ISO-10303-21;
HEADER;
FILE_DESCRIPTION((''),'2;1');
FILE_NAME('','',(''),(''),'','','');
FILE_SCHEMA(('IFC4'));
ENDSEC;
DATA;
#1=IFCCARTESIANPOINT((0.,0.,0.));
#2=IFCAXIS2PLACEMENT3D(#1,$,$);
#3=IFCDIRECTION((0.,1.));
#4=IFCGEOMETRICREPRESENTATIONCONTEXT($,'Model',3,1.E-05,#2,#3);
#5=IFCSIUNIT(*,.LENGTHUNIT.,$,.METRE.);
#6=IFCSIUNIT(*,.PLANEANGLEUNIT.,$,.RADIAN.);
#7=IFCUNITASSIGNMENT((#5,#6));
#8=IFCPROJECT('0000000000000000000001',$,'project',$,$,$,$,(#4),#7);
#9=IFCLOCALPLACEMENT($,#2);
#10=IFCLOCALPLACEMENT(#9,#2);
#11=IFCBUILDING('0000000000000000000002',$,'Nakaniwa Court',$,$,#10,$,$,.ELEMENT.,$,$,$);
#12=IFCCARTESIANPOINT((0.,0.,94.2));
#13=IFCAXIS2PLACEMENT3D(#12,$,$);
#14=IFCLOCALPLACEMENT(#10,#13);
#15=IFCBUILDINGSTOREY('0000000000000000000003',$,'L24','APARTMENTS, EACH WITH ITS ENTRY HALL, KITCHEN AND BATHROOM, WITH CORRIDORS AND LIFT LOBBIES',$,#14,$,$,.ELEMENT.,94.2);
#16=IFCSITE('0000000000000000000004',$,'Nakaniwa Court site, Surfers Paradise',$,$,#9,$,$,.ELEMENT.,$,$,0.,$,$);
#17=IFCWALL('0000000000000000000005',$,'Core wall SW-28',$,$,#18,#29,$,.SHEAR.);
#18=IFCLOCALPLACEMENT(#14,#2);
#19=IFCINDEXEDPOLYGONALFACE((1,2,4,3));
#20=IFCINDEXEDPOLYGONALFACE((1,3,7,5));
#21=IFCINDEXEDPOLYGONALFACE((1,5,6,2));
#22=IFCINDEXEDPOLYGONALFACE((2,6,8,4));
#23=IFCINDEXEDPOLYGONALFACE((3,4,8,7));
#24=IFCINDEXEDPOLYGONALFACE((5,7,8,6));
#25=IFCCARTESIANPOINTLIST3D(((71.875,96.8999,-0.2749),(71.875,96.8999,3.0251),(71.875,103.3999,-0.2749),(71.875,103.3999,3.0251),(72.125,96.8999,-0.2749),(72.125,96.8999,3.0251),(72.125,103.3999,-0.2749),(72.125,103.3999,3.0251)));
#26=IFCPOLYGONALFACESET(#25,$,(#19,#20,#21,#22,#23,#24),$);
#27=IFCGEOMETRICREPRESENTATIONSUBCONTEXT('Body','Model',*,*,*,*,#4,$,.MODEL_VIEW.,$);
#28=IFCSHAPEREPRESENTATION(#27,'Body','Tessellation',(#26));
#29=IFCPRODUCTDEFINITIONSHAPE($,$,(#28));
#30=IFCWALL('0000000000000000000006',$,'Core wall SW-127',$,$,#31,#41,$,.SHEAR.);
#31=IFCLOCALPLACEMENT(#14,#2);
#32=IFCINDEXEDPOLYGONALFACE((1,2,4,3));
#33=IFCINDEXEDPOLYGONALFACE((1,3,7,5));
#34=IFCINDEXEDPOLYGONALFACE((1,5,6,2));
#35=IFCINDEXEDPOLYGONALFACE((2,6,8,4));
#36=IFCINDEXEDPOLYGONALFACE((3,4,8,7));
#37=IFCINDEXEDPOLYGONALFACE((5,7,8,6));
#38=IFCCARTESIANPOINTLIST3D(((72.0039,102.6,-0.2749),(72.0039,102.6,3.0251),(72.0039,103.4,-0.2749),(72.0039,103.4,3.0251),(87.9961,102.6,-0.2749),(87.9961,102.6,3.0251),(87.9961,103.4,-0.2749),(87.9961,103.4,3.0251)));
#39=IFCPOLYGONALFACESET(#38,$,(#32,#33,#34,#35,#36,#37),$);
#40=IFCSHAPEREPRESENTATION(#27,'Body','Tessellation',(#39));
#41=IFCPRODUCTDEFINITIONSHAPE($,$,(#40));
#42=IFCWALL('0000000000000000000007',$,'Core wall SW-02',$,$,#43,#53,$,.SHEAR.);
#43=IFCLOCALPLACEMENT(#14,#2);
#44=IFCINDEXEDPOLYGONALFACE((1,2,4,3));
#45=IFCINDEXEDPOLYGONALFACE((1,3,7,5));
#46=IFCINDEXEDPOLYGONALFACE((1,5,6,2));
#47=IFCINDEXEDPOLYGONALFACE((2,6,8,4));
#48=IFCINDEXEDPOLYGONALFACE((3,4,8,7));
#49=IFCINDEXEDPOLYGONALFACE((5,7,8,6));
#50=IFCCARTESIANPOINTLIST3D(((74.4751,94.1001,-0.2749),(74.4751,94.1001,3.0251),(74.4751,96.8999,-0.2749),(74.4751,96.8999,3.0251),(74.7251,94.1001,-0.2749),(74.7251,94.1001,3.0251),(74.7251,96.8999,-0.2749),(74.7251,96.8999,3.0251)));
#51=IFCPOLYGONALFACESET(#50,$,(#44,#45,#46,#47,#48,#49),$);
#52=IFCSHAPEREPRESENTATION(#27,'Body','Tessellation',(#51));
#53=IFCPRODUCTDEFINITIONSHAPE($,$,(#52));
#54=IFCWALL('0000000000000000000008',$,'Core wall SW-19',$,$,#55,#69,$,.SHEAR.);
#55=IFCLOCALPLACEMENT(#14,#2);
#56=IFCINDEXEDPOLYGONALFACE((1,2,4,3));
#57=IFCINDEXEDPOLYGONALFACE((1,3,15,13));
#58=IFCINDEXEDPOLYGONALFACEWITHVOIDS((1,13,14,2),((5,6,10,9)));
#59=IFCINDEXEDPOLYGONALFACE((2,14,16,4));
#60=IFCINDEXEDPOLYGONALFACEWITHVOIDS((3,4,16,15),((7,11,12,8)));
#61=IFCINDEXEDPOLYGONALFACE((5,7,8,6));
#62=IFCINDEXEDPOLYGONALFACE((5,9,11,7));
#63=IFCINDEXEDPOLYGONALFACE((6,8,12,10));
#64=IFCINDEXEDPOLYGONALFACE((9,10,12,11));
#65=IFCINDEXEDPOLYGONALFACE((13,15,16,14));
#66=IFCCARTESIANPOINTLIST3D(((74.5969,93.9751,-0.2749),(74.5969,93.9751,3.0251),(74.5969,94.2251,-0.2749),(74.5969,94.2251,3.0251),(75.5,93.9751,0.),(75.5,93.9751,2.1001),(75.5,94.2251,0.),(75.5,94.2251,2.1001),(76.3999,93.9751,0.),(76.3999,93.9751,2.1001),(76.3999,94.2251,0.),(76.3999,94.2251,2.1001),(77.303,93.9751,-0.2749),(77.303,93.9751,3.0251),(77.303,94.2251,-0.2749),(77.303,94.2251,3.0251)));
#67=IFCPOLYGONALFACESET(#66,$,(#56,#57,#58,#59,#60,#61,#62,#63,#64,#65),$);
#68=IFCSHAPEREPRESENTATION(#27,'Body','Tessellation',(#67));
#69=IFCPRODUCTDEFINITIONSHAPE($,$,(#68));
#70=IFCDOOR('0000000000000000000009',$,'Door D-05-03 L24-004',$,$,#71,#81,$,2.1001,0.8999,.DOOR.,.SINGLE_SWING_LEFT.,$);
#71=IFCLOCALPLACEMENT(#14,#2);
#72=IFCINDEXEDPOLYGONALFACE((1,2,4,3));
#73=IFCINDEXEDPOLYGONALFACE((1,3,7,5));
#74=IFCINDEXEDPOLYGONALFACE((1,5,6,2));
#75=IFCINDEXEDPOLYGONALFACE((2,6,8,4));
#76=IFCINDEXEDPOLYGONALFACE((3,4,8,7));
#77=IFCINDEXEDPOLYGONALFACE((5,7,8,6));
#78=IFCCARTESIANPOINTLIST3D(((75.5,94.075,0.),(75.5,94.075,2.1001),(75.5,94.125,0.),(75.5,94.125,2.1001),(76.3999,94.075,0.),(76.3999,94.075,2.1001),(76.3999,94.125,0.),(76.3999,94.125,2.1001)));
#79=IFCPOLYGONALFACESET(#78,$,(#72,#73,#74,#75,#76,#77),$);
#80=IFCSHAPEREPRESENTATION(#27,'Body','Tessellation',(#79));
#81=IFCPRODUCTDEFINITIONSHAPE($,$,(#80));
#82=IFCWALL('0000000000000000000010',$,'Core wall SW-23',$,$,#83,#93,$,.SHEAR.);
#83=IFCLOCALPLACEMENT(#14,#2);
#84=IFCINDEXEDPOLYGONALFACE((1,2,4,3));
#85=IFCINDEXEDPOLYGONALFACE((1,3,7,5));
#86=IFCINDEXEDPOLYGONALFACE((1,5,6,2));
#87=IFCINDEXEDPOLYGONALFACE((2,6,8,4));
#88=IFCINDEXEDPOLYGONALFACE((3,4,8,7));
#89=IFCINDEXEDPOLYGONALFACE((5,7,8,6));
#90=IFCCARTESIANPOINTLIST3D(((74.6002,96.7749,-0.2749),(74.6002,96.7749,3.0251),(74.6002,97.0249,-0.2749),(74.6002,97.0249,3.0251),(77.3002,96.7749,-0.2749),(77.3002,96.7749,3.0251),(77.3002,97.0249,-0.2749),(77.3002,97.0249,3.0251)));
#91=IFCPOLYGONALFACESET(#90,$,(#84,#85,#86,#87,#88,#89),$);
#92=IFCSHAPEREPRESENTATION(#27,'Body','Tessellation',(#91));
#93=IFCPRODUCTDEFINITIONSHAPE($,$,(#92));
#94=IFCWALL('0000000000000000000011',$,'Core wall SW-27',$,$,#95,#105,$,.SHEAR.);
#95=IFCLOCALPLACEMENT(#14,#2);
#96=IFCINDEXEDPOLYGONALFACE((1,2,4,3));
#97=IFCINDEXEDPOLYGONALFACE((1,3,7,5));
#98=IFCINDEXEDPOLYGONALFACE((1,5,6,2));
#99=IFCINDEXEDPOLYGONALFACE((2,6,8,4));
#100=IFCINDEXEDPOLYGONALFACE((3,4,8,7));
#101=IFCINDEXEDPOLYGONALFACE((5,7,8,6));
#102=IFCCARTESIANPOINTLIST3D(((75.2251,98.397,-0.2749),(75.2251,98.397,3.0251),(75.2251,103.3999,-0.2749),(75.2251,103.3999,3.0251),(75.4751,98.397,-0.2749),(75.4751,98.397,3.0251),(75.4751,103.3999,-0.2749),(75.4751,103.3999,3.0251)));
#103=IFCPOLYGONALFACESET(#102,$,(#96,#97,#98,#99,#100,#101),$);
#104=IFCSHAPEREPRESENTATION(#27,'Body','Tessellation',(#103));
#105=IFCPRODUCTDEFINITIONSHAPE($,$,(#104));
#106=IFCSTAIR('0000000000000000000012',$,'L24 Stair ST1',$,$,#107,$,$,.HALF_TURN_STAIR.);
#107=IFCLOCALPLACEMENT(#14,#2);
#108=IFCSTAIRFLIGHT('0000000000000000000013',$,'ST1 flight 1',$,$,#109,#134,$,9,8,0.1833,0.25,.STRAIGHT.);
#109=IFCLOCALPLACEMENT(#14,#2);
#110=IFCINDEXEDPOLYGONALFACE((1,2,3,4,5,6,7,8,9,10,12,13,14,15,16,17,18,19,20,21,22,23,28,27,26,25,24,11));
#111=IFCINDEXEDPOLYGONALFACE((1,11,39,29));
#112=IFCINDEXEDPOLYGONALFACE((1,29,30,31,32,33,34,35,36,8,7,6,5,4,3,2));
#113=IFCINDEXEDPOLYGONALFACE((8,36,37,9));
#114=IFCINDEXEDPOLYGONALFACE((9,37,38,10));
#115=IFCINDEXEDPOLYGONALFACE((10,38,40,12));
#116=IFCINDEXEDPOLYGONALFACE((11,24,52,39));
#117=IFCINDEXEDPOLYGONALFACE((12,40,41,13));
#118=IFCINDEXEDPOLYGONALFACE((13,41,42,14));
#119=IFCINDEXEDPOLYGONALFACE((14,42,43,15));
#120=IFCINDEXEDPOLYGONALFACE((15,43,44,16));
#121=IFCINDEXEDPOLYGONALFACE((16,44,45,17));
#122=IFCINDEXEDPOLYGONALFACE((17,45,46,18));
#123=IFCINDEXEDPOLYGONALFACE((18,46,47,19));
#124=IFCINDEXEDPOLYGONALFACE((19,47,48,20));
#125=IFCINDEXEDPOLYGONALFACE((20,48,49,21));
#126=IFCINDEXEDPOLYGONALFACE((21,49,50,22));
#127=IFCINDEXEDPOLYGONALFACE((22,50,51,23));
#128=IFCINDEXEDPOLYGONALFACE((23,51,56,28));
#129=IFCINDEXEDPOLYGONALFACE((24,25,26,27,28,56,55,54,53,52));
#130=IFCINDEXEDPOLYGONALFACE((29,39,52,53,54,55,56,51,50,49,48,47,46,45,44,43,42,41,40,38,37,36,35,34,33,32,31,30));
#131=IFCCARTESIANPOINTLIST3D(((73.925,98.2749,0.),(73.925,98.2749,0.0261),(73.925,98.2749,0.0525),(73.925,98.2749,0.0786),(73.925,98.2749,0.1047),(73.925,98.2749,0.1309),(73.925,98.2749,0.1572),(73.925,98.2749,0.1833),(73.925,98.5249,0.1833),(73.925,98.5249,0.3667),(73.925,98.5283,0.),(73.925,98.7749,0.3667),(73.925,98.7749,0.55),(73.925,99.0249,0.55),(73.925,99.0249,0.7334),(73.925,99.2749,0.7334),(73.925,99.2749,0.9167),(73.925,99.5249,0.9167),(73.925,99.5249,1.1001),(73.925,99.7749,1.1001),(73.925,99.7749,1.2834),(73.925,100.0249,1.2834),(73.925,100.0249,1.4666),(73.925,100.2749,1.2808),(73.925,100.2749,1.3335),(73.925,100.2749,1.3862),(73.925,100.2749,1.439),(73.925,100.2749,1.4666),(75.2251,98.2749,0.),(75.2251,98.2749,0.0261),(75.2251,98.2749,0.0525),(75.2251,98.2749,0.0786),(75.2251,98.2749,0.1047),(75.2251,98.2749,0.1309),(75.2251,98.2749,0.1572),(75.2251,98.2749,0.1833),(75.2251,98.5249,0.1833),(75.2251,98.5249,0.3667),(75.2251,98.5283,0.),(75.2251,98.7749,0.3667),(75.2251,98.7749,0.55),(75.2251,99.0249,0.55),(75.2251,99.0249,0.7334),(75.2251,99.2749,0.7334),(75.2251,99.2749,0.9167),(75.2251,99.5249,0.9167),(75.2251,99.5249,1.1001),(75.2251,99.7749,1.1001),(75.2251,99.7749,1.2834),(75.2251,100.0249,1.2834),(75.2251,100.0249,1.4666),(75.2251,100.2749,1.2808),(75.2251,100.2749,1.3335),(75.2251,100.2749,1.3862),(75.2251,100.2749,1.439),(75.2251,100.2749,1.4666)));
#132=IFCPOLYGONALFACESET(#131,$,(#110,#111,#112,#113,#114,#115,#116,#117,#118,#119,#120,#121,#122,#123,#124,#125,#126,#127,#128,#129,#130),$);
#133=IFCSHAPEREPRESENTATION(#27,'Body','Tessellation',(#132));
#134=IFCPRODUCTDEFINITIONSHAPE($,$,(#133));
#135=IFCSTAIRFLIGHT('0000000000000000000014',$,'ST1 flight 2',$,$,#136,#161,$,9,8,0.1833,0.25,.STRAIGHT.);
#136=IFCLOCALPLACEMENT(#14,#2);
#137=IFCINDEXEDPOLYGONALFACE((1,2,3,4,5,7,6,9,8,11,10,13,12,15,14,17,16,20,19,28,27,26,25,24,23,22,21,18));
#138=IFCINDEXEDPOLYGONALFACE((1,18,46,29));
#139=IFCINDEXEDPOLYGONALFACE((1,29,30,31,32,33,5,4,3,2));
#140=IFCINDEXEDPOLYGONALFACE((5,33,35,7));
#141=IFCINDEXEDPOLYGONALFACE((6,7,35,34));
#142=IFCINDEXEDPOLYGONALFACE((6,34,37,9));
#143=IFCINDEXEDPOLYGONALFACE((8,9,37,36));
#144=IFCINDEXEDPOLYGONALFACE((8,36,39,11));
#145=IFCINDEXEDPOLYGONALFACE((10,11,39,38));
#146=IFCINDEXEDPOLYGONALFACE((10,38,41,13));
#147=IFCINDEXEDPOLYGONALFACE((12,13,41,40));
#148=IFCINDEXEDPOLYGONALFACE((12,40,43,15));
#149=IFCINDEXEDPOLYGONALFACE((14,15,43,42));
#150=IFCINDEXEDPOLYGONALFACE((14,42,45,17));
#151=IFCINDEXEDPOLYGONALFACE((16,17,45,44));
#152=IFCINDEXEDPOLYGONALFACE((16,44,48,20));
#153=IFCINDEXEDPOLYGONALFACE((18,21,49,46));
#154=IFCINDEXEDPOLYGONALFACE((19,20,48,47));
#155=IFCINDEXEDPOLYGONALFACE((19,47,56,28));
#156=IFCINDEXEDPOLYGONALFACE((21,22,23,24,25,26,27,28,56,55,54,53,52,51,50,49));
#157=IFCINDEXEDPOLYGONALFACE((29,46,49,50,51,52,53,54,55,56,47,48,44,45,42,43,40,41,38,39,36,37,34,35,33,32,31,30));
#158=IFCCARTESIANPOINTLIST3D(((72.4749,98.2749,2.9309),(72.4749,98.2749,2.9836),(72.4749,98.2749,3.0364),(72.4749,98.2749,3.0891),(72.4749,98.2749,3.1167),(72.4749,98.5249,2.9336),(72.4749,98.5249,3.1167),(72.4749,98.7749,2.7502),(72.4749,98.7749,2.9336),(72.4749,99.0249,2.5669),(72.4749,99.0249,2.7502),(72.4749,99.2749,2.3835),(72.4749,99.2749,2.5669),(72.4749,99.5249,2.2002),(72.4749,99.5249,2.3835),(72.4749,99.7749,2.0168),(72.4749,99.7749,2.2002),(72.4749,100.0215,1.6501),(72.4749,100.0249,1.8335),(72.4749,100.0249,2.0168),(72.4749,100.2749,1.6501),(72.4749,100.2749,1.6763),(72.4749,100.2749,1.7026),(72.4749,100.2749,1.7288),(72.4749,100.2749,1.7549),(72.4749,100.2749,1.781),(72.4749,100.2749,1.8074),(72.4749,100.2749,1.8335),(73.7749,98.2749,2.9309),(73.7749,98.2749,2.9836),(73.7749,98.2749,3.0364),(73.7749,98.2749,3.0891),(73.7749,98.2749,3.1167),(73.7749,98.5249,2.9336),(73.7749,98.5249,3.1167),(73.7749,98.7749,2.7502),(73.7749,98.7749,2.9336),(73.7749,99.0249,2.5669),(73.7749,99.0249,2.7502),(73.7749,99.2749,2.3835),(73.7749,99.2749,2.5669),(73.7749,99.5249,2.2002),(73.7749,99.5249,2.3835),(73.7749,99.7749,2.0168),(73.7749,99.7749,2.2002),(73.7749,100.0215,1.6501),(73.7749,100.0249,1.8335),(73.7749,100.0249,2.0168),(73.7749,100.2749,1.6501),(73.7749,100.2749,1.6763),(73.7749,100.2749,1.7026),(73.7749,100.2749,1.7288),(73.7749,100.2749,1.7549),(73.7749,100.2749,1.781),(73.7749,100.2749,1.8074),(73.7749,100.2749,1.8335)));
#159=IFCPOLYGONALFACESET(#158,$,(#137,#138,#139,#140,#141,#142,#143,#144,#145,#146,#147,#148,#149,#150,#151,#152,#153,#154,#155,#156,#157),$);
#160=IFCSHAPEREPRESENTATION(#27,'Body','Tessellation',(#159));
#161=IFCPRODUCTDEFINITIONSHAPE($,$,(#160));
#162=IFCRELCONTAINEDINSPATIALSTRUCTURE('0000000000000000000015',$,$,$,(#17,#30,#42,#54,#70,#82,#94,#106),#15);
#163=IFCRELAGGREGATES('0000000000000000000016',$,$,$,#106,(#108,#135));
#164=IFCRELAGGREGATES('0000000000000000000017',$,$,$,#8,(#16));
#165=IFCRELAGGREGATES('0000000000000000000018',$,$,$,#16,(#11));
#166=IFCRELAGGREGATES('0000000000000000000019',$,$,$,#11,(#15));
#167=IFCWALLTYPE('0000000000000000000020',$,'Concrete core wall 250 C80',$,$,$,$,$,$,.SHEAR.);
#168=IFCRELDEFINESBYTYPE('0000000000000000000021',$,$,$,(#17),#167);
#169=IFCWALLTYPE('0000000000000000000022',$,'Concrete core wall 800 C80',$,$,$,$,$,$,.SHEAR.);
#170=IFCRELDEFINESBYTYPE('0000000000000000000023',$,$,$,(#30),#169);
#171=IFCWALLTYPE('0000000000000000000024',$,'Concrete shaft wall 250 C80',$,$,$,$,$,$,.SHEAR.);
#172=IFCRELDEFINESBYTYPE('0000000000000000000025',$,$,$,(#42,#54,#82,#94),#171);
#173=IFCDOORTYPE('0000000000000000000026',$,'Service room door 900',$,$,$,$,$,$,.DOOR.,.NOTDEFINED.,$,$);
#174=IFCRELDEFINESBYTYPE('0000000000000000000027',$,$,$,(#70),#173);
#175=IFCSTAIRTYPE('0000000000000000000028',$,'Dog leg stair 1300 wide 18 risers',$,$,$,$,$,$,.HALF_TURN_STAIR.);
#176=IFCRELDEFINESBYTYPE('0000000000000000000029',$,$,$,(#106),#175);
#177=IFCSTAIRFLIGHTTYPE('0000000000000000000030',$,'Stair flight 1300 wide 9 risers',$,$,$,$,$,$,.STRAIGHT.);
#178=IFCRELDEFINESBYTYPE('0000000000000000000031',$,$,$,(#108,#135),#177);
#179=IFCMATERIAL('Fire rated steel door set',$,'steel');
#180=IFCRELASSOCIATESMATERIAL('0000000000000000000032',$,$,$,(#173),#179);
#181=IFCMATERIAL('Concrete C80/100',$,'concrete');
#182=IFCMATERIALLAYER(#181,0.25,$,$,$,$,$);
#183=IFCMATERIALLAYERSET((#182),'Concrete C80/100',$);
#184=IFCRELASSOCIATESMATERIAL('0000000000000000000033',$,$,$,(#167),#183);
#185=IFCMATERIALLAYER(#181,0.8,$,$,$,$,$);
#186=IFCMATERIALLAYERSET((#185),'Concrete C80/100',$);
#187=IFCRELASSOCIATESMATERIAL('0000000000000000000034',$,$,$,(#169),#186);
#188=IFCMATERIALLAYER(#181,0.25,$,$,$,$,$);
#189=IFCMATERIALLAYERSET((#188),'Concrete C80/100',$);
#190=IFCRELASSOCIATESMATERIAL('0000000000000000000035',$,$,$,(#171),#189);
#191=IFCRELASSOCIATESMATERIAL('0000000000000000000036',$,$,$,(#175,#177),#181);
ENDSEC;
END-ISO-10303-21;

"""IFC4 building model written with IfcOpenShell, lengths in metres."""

from ifc_helpers import new_model, si_unit, direction, frame, frame_2d, origin, place, context, subcontext, project, spatial, polyline, rectangle, outline, extrude, material, layer, layer_set, type_object, element, fill, aggregate, save


model = new_model("IFC4")

# Units and contexts
model_context = context("Model", 3, precision=1e-05, world=origin(), true_north=direction((0.0, 1.0)))
body_context = subcontext(model_context, "Body", "Model", "MODEL_VIEW")
ifc_project = project(units=[si_unit("LENGTHUNIT", "METRE"), si_unit("PLANEANGLEUNIT", "RADIAN")], contexts=[model_context])

# Site, building, storey
site_placement = place(None, origin())
site = spatial("IfcSite", under=ifc_project, at=site_placement, Name="Nakaniwa Court site, Surfers Paradise", CompositionType="ELEMENT", RefElevation=0.0)
building_placement = place(site_placement, origin())
building = spatial("IfcBuilding", under=site, at=building_placement, Name="Nakaniwa Court", CompositionType="ELEMENT")
storey_placement = place(building_placement, frame((0.0, 0.0, 94.2)))
storey = spatial("IfcBuildingStorey", under=building, at=storey_placement, Name="L24", Description="APARTMENTS, EACH WITH ITS ENTRY HALL, KITCHEN AND BATHROOM, WITH CORRIDORS AND LIFT LOBBIES", CompositionType="ELEMENT", Elevation=94.2)

# Shared definitions
ifc_material_1 = material(Name="Concrete C80/100", Category="concrete")

# Shared definitions
ifc_material_2 = material(Name="Fire rated steel door set", Category="steel")
door_type_1 = type_object("IfcDoorType", Name="Service room door 900", OperationType="NOTDEFINED", PredefinedType="DOOR", material=ifc_material_2)

# Walls
ifc_layer_1 = layer(ifc_material_1, 0.25)
ifc_layer_set_1 = layer_set([ifc_layer_1], Name="Concrete C80/100")
wall_type_1 = type_object("IfcWallType", Name="Concrete core wall 250 C80", PredefinedType="SHEAR", material=ifc_layer_set_1)
wall_1_placement = place(storey_placement, frame((72.0, 96.8999, -0.2749), z_axis=(0.0, 0.0, 1.0), x_axis=(0.0, 1.0, 0.0)))
element("IfcWall", 1, at=wall_1_placement, inside=storey, type_object=wall_type_1, Name="Core wall SW-28", PredefinedType="SHEAR", context=body_context, shape_type="SweptSolid", body=[
    extrude(rectangle(XDim=6.5, YDim=0.25, at=frame_2d((3.25, 0.0))), origin(), (0.0, 0.0, 1.0), 3.3),
])
ifc_layer_2 = layer(ifc_material_1, 0.8)
ifc_layer_set_2 = layer_set([ifc_layer_2], Name="Concrete C80/100")
wall_type_2 = type_object("IfcWallType", Name="Concrete core wall 800 C80", PredefinedType="SHEAR", material=ifc_layer_set_2)
wall_2_placement = place(storey_placement, frame((72.0039, 103.0, -0.2749), z_axis=(0.0, 0.0, 1.0), x_axis=(1.0, 0.0, 0.0)))
element("IfcWall", 2, at=wall_2_placement, inside=storey, type_object=wall_type_2, Name="Core wall SW-127", PredefinedType="SHEAR", context=body_context, shape_type="SweptSolid", body=[
    extrude(rectangle(XDim=15.9922, YDim=0.8, at=frame_2d((7.9961, 0.0))), origin(), (0.0, 0.0, 1.0), 3.3),
])
ifc_layer_3 = layer(ifc_material_1, 0.25)
ifc_layer_set_3 = layer_set([ifc_layer_3], Name="Concrete C80/100")
wall_type_3 = type_object("IfcWallType", Name="Concrete shaft wall 250 C80", PredefinedType="SHEAR", material=ifc_layer_set_3)
wall_3_placement = place(storey_placement, frame((74.6001, 94.1001, -0.2749), z_axis=(0.0, 0.0, 1.0), x_axis=(0.0, 1.0, 0.0)))
element("IfcWall", 3, at=wall_3_placement, inside=storey, type_object=wall_type_3, Name="Core wall SW-02", PredefinedType="SHEAR", context=body_context, shape_type="SweptSolid", body=[
    extrude(rectangle(XDim=2.7998, YDim=0.25, at=frame_2d((1.3999, 0.0))), origin(), (0.0, 0.0, 1.0), 3.3),
])

# Wall, opening, door
wall_4_placement = place(storey_placement, frame((74.5969, 94.1001, -0.2749), z_axis=(0.0, 0.0, 1.0), x_axis=(1.0, 0.0, 0.0)))
wall_4 = element("IfcWall", 4, at=wall_4_placement, inside=storey, type_object=wall_type_3, Name="Core wall SW-19", PredefinedType="SHEAR", context=body_context, shape_type="SweptSolid", body=[
    extrude(rectangle(XDim=2.7061, YDim=0.25, at=frame_2d((1.353, 0.0))), origin(), (0.0, 0.0, 1.0), 3.3),
])
opening_1_placement = place(wall_4_placement, frame((0.9031, 0.0, 0.2749)))
opening_1 = element("IfcOpeningElement", 5, at=opening_1_placement, cuts=wall_4, PredefinedType="OPENING", context=body_context, shape_type="SweptSolid", body=[
    extrude(rectangle(XDim=0.8999, YDim=2.1001, at=frame_2d((0.45, 1.05))), frame((0.0, 0.135, 0.0), z_axis=(0.0, -1.0, 0.0), x_axis=(1.0, 0.0, 0.0)), (0.0, 0.0, 1.0), 0.27),
])
door_1_placement = place(opening_1_placement, origin())
door_1 = element("IfcDoor", 6, at=door_1_placement, inside=storey, type_object=door_type_1, Name="Door D-05-03 L24-004", OperationType="SINGLE_SWING_LEFT", OverallHeight=2.1001, OverallWidth=0.8999, PredefinedType="DOOR", context=body_context, shape_type="SweptSolid", body=[
    extrude(rectangle(XDim=0.8999, YDim=2.1001, at=frame_2d((0.45, 1.05))), frame((0.0, 0.0249, 0.0), z_axis=(0.0, -1.0, 0.0), x_axis=(1.0, 0.0, 0.0)), (0.0, 0.0, 1.0), 0.05),
])
fill(opening_1, door_1)

# Walls
wall_5_placement = place(storey_placement, frame((74.6001, 96.8999, -0.2749), z_axis=(0.0, 0.0, 1.0), x_axis=(1.0, 0.0, 0.0)))
element("IfcWall", 7, at=wall_5_placement, inside=storey, type_object=wall_type_3, Name="Core wall SW-23", PredefinedType="SHEAR", context=body_context, shape_type="SweptSolid", body=[
    extrude(rectangle(XDim=2.7, YDim=0.25, at=frame_2d((1.3501, 0.0))), origin(), (0.0, 0.0, 1.0), 3.3),
])
wall_6_placement = place(storey_placement, frame((75.3501, 98.397, -0.2749), z_axis=(0.0, 0.0, 1.0), x_axis=(0.0, 1.0, 0.0)))
element("IfcWall", 8, at=wall_6_placement, inside=storey, type_object=wall_type_3, Name="Core wall SW-27", PredefinedType="SHEAR", context=body_context, shape_type="SweptSolid", body=[
    extrude(rectangle(XDim=5.0029, YDim=0.25, at=frame_2d((2.5015, 0.0))), origin(), (0.0, 0.0, 1.0), 3.3),
])

# Stair, stair flights
stair_type = type_object("IfcStairType", Name="Dog leg stair 1300 wide 18 risers", PredefinedType="HALF_TURN_STAIR", material=ifc_material_1)
stair_placement = place(storey_placement, origin())
stair = element("IfcStair", 9, at=stair_placement, inside=storey, type_object=stair_type, Name="L24 Stair ST1", PredefinedType="HALF_TURN_STAIR")
stair_flight_type = type_object("IfcStairFlightType", Name="Stair flight 1300 wide 9 risers", PredefinedType="STRAIGHT", material=ifc_material_1)
stair_flight_1_placement = place(storey_placement, frame((74.575, 98.2749, 0.0), z_axis=(0.0, 0.0, 1.0), x_axis=(0.0, 1.0, 0.0)))
stair_flight_1 = element("IfcStairFlight", 10, at=stair_flight_1_placement, type_object=stair_flight_type, Name="ST1 flight 1", NumberOfRisers=9, NumberOfTreads=8, PredefinedType="STRAIGHT", RiserHeight=0.1833, TreadLength=0.25, context=body_context, shape_type="SweptSolid", body=[
    extrude(outline(polyline([(0.0, 0.0), (0.0, 0.0261), (0.0, 0.0525), (0.0, 0.0786), (0.0, 0.1047), (0.0, 0.1309), (0.0, 0.1572), (0.0, 0.1833), (0.25, 0.1833), (0.25, 0.3667), (0.5, 0.3667), (0.5, 0.55), (0.75, 0.55), (0.75, 0.7334), (1.0, 0.7334), (1.0, 0.9167), (1.25, 0.9167), (1.25, 1.1001), (1.5, 1.1001), (1.5, 1.2834), (1.75, 1.2834), (1.75, 1.4666), (2.0, 1.4666), (2.0, 1.6499), (2.0, 1.5972), (2.0, 1.5444), (2.0, 1.4917), (2.0, 1.439), (2.0, 1.3862), (2.0, 1.3335), (2.0, 1.2808), (0.2534, 0.0), (0.0, 0.0)])), frame((0.0, 0.6499, 0.0), z_axis=(0.0, -1.0, 0.0), x_axis=(1.0, 0.0, 0.0)), (0.0, 0.0, 1.0), 1.3),
])
stair_flight_2_placement = place(storey_placement, frame((73.125, 100.2749, 1.6501), z_axis=(0.0, 0.0, 1.0), x_axis=(0.0, -1.0, 0.0)))
stair_flight_2 = element("IfcStairFlight", 11, at=stair_flight_2_placement, type_object=stair_flight_type, Name="ST1 flight 2", NumberOfRisers=9, NumberOfTreads=8, PredefinedType="STRAIGHT", RiserHeight=0.1833, TreadLength=0.25, context=body_context, shape_type="SweptSolid", body=[
    extrude(outline(polyline([(0.0, 0.0), (0.0, 0.0261), (0.0, 0.0525), (0.0, 0.0786), (0.0, 0.1047), (0.0, 0.1309), (0.0, 0.1572), (0.0, 0.1833), (0.25, 0.1833), (0.25, 0.3667), (0.5, 0.3667), (0.5, 0.55), (0.75, 0.55), (0.75, 0.7334), (1.0, 0.7334), (1.0, 0.9167), (1.25, 0.9167), (1.25, 1.1001), (1.5, 1.1001), (1.5, 1.2834), (1.75, 1.2834), (1.75, 1.4666), (2.0, 1.4666), (2.0, 1.6499), (2.0, 1.5972), (2.0, 1.5444), (2.0, 1.4917), (2.0, 1.439), (2.0, 1.3862), (2.0, 1.3335), (2.0, 1.2808), (0.2534, 0.0), (0.0, 0.0)])), frame((0.0, 0.6499, 0.0), z_axis=(0.0, -1.0, 0.0), x_axis=(1.0, 0.0, 0.0)), (0.0, 0.0, 1.0), 1.3),
])
aggregate(stair, [stair_flight_1, stair_flight_2])

save(model, "model.ifc")
